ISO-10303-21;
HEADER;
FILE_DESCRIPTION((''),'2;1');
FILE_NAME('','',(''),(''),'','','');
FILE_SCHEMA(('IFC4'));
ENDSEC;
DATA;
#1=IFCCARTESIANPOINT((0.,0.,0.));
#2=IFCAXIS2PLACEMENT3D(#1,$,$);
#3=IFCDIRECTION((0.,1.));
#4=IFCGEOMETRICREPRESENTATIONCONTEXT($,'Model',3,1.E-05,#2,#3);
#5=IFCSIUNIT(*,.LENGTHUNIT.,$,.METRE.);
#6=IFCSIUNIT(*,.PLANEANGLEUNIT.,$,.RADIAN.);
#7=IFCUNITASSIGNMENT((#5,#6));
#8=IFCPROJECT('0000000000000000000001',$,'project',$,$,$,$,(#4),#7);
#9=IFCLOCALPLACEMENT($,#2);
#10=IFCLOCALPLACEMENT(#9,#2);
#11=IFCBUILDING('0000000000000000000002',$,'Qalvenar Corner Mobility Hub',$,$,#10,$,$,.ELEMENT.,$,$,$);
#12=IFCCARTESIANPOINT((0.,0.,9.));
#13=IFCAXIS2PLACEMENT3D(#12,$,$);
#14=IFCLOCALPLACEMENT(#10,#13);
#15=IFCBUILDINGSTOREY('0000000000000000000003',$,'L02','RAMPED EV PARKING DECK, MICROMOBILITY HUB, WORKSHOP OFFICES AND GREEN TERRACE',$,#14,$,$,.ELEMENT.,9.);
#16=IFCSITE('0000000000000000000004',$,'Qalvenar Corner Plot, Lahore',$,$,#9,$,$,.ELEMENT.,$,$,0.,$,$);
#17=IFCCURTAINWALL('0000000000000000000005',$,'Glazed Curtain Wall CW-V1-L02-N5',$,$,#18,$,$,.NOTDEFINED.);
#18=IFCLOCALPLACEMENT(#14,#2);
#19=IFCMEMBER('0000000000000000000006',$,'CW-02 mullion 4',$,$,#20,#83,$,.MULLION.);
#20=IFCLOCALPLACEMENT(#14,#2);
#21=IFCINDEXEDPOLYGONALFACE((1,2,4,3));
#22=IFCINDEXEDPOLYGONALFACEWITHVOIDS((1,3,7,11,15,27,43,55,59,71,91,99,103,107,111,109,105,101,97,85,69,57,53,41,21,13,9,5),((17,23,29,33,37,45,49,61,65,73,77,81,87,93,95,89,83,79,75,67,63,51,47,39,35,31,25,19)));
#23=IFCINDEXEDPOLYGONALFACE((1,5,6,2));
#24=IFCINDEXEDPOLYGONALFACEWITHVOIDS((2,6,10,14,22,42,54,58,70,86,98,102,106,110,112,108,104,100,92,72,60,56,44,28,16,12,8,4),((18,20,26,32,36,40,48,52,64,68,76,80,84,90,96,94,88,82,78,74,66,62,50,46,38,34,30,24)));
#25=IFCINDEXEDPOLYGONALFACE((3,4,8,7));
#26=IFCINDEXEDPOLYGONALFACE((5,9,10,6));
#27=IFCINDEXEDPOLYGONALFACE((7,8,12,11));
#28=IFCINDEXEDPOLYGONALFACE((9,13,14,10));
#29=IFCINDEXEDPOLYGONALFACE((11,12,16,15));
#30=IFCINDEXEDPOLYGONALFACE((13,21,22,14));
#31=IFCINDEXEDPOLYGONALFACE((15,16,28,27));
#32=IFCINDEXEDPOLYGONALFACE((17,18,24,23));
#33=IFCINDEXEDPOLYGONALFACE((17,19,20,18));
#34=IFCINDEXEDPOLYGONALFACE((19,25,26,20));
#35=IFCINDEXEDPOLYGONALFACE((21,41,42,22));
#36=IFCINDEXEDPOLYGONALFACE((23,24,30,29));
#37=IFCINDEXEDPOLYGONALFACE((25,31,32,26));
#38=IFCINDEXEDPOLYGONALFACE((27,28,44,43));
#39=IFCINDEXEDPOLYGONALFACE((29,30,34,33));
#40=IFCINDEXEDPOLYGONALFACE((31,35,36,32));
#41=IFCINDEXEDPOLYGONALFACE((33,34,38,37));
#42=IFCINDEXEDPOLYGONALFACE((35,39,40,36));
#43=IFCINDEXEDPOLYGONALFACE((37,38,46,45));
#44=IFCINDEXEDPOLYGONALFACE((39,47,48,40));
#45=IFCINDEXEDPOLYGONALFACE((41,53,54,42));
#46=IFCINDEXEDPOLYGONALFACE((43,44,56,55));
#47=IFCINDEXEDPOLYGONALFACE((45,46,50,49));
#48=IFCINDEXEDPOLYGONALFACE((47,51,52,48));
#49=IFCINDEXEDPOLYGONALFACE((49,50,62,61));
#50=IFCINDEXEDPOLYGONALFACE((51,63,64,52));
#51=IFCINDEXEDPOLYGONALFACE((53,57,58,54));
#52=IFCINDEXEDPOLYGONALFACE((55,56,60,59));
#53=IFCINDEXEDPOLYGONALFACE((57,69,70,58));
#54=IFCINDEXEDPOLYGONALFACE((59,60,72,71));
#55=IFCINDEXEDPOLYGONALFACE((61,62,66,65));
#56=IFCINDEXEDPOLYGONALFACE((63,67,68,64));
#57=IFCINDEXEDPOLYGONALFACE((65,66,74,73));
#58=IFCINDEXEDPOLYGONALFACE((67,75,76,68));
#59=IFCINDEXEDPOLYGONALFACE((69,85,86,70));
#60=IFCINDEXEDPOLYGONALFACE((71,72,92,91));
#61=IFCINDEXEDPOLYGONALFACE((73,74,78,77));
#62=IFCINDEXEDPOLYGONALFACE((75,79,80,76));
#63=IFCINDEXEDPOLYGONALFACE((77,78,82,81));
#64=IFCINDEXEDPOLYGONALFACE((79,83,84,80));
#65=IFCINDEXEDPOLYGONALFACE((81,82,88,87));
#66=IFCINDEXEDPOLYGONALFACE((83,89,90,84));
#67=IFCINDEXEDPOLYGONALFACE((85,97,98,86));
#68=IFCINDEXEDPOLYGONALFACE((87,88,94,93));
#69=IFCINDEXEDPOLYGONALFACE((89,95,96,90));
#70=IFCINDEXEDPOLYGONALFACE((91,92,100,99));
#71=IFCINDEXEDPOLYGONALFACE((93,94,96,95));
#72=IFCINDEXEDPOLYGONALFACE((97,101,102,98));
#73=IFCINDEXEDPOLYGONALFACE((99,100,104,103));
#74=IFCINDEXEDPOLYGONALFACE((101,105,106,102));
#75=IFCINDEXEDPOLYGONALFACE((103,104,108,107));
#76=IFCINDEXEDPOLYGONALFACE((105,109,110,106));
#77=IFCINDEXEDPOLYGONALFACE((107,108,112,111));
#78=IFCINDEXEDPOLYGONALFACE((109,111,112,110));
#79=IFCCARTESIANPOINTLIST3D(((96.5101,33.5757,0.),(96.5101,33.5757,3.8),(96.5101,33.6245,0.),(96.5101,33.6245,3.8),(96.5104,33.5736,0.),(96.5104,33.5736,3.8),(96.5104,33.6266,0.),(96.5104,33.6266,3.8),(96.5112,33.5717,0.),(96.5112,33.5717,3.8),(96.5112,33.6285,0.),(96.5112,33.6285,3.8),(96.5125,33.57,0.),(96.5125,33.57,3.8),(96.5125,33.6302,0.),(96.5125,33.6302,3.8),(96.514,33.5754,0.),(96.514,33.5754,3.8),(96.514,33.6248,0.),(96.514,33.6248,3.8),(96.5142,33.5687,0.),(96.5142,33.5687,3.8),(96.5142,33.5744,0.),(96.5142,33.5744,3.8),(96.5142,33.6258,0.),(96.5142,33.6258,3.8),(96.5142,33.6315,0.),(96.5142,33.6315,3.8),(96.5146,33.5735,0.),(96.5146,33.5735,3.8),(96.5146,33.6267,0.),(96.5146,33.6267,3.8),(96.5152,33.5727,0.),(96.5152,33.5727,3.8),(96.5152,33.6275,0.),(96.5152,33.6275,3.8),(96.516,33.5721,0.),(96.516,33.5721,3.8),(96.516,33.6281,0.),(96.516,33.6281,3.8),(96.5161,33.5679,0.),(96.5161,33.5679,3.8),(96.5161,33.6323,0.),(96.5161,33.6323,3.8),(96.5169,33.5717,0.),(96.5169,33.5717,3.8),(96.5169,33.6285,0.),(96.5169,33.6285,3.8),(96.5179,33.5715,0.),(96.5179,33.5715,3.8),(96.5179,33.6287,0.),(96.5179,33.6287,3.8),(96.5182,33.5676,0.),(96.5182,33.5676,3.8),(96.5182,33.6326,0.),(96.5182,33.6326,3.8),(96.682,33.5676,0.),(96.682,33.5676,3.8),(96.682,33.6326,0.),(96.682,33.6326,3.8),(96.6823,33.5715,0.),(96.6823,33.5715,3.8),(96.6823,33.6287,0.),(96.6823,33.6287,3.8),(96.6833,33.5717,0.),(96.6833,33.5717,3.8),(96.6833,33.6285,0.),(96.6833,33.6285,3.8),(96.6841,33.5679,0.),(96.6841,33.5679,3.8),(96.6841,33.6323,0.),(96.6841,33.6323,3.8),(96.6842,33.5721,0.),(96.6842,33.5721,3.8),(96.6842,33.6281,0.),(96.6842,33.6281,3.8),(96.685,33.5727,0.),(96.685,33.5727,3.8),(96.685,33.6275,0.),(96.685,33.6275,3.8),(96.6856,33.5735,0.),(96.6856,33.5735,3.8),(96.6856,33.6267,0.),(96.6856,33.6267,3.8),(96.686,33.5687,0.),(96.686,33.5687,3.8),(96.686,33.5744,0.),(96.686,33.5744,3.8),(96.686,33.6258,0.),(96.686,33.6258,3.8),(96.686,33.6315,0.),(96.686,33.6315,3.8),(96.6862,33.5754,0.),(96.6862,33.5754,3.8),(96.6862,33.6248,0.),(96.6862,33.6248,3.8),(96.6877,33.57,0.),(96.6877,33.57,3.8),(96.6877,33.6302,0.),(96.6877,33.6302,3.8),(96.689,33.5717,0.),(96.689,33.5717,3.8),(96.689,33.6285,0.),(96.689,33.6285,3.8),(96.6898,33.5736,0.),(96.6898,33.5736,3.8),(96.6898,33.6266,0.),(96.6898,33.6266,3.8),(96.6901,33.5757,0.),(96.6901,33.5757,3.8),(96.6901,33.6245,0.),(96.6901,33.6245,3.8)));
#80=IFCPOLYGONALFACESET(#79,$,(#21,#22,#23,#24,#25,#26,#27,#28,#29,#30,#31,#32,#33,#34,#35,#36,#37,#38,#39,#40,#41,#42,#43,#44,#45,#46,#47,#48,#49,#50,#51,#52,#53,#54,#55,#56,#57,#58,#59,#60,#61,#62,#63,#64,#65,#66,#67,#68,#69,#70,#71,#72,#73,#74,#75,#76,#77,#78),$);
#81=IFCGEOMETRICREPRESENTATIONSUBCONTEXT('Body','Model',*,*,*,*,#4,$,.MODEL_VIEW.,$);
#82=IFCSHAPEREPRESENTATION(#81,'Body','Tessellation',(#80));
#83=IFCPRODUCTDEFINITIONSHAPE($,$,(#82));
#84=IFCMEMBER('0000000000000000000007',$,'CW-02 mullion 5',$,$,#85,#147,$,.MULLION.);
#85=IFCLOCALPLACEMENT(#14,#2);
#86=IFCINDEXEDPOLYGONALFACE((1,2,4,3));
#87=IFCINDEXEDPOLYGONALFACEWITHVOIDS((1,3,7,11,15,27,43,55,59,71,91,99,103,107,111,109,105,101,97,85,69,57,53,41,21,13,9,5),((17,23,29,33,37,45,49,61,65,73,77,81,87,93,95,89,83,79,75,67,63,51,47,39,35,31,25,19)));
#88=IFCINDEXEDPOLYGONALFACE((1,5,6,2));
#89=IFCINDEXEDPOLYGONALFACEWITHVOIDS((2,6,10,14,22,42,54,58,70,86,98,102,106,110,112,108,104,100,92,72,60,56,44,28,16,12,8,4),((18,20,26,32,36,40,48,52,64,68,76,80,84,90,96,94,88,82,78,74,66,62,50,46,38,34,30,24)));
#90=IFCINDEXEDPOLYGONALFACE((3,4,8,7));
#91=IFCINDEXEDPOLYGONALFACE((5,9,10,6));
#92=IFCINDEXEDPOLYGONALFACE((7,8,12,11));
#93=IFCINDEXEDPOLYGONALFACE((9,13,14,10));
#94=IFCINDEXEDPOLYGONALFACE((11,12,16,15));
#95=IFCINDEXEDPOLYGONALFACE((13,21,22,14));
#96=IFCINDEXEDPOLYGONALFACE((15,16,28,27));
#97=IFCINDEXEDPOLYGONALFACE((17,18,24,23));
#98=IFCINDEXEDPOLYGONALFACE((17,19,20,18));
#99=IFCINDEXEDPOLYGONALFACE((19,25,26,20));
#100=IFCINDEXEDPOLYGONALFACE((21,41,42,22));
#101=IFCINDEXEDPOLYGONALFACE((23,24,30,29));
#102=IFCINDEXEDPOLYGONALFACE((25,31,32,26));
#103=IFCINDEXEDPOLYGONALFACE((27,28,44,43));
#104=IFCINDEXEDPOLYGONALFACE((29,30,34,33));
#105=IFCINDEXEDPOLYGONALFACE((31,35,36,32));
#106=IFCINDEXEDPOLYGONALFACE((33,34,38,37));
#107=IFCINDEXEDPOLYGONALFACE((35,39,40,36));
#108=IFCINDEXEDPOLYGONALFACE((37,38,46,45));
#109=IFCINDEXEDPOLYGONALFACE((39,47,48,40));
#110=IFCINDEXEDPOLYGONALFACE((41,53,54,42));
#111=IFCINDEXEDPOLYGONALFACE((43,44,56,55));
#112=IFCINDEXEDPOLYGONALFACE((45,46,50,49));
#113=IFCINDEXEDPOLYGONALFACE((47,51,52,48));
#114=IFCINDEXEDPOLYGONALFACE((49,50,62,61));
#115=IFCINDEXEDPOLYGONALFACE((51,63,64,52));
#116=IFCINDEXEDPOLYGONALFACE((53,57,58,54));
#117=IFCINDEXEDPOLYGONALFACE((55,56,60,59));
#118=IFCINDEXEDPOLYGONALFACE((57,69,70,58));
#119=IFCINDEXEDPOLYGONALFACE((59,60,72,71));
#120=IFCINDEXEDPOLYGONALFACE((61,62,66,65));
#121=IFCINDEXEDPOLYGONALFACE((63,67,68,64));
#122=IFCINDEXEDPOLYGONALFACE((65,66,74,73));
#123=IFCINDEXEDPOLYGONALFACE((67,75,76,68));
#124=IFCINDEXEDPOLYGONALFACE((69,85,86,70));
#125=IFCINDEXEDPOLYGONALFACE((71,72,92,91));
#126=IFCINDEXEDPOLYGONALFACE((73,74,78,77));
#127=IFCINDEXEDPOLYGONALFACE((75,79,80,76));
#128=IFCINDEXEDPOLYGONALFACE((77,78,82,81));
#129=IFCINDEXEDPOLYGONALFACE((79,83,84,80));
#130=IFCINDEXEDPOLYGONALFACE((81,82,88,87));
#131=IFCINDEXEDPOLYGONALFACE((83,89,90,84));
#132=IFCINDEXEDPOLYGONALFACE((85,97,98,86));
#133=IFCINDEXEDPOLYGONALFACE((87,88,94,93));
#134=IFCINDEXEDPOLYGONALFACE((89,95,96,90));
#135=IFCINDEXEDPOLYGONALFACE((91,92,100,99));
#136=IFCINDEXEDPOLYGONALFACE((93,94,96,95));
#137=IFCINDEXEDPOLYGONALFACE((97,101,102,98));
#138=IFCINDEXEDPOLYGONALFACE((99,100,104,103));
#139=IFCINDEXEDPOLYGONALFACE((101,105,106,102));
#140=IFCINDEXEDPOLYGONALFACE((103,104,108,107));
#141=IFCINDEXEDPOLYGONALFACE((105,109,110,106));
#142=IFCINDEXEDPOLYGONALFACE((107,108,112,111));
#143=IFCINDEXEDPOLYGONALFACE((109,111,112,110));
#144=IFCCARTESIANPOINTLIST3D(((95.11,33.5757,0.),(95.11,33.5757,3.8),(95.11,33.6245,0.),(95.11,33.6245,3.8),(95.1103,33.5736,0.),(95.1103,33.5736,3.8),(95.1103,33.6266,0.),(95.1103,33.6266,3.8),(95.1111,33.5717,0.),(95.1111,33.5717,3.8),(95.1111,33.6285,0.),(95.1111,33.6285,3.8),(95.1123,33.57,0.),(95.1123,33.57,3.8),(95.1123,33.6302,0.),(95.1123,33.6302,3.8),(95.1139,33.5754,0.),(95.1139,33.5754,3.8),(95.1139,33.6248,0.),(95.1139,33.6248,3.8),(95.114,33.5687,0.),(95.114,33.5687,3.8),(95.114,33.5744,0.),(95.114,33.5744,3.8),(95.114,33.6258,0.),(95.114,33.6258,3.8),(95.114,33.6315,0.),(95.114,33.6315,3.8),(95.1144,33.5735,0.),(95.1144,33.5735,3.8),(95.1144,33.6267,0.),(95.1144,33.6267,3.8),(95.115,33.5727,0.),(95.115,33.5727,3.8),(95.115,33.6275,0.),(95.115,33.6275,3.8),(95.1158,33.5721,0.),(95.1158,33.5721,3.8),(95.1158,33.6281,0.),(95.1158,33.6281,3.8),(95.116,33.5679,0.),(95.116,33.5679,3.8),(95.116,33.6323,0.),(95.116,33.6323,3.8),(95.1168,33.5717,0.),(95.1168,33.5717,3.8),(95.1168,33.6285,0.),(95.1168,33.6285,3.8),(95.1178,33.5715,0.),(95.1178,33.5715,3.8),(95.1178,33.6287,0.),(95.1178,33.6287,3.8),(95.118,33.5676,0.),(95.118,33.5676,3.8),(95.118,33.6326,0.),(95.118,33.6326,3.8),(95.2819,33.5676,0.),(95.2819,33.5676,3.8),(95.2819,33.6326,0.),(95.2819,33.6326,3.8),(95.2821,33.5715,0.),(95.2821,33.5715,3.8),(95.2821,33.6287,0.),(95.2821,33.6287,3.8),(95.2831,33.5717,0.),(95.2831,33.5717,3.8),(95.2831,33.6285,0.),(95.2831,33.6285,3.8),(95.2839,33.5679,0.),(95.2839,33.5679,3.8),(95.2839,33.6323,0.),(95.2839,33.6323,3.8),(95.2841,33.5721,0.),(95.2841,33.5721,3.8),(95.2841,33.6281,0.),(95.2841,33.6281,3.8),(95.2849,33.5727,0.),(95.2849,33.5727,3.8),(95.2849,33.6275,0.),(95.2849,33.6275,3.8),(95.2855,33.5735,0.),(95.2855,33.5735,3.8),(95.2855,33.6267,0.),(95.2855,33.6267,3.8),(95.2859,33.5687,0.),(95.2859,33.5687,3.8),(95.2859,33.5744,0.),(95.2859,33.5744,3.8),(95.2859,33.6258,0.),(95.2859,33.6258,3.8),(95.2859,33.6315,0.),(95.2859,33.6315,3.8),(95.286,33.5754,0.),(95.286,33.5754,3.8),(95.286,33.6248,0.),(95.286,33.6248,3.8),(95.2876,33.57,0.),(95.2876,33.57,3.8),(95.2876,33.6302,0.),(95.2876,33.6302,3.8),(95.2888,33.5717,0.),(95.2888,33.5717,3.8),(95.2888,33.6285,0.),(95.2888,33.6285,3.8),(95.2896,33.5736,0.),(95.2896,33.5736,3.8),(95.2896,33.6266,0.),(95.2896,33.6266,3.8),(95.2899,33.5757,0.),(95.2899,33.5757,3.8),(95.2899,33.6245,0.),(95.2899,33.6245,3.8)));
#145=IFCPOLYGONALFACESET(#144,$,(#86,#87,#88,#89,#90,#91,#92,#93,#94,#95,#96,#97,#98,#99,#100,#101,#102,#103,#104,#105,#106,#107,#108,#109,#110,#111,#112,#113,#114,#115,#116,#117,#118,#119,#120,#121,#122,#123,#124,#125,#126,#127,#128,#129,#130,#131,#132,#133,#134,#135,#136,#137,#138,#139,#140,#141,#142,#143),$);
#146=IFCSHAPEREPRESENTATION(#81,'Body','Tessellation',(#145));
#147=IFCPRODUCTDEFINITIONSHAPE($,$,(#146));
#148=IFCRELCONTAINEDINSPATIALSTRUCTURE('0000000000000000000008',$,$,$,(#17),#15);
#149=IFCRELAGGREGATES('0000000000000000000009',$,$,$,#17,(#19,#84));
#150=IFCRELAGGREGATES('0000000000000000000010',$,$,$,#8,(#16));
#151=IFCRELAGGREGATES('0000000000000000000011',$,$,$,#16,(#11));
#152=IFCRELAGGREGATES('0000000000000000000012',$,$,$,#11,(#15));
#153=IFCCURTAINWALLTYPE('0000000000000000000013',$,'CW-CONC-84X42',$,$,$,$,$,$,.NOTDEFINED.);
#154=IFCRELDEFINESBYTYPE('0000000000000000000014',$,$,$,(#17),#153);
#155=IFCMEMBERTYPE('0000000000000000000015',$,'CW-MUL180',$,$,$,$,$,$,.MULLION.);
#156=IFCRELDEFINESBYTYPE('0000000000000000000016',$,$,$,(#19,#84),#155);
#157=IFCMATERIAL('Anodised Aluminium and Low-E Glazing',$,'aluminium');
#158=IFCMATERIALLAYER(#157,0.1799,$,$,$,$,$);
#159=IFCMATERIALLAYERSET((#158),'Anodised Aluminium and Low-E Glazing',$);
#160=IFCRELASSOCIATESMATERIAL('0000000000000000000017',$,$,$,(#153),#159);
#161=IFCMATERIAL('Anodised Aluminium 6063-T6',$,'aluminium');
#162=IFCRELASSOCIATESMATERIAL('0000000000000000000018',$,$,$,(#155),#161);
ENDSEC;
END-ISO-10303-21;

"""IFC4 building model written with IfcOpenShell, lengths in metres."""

from ifc_helpers import new_model, si_unit, direction, frame, origin, origin_2d, place, context, subcontext, project, spatial, hollow_rectangle, extrude, material, layer, layer_set, material_profile, profile_set, type_object, element, aggregate, save


model = new_model("IFC4")

# Units and contexts
model_context = context("Model", 3, precision=1e-05, world=origin(), true_north=direction((0.0, 1.0)))
body_context = subcontext(model_context, "Body", "Model", "MODEL_VIEW")
ifc_project = project(units=[si_unit("LENGTHUNIT", "METRE"), si_unit("PLANEANGLEUNIT", "RADIAN")], contexts=[model_context])

# Site, building, storey
site_placement = place(None, origin())
site = spatial("IfcSite", under=ifc_project, at=site_placement, Name="Qalvenar Corner Plot, Lahore", CompositionType="ELEMENT", RefElevation=0.0)
building_placement = place(site_placement, origin())
building = spatial("IfcBuilding", under=site, at=building_placement, Name="Qalvenar Corner Mobility Hub", CompositionType="ELEMENT")
storey_placement = place(building_placement, frame((0.0, 0.0, 9.0)))
storey = spatial("IfcBuildingStorey", under=building, at=storey_placement, Name="L02", Description="RAMPED EV PARKING DECK, MICROMOBILITY HUB, WORKSHOP OFFICES AND GREEN TERRACE", CompositionType="ELEMENT", Elevation=9.0)

# Curtain wall, members
ifc_material_1 = material(Name="Anodised Aluminium and Low-E Glazing", Category="aluminium")
ifc_layer_1 = layer(ifc_material_1, 0.1799)
ifc_layer_set_1 = layer_set([ifc_layer_1], Name="Anodised Aluminium and Low-E Glazing")
curtain_wall_type = type_object("IfcCurtainWallType", Name="CW-CONC-84X42", PredefinedType="NOTDEFINED", material=ifc_layer_set_1)
curtain_wall_placement = place(storey_placement, origin())
curtain_wall = element("IfcCurtainWall", 1, at=curtain_wall_placement, inside=storey, type_object=curtain_wall_type, Name="Glazed Curtain Wall CW-V1-L02-N5", PredefinedType="NOTDEFINED")
ifc_material_2 = material(Name="Anodised Aluminium 6063-T6", Category="aluminium")
ifc_material_profile_1 = material_profile(ifc_material_2, hollow_rectangle(XDim=0.0649, YDim=0.1799, WallThickness=0.0039, InnerFilletRadius=0.0039, OuterFilletRadius=0.0081, at=origin_2d()), Name="RHS180x65x4")
ifc_profile_set_1 = profile_set([ifc_material_profile_1], Name="Anodised Aluminium 6063-T6")
member_type_1 = type_object("IfcMemberType", Name="CW-MUL180", PredefinedType="MULLION", material=ifc_profile_set_1)
member_1_placement = place(storey_placement, frame((96.6001, 33.6001, 0.0), z_axis=(0.0, 0.0, 1.0), x_axis=(0.0, -1.0, 0.0)))
member_1 = element("IfcMember", 2, at=member_1_placement, type_object=member_type_1, Name="CW-02 mullion 4", PredefinedType="MULLION", context=body_context, shape_type="SweptSolid", body=[
    extrude(hollow_rectangle(XDim=0.0649, YDim=0.1799, WallThickness=0.0039, InnerFilletRadius=0.0039, OuterFilletRadius=0.0081, at=origin_2d()), origin(), (0.0, 0.0, 1.0), 3.8),
])
member_2_placement = place(storey_placement, frame((95.2, 33.6001, 0.0), z_axis=(0.0, 0.0, 1.0), x_axis=(0.0, -1.0, 0.0)))
member_2 = element("IfcMember", 3, at=member_2_placement, type_object=member_type_1, Name="CW-02 mullion 5", PredefinedType="MULLION", context=body_context, shape_type="SweptSolid", body=[
    extrude(hollow_rectangle(XDim=0.0649, YDim=0.1799, WallThickness=0.0039, InnerFilletRadius=0.0039, OuterFilletRadius=0.0081, at=origin_2d()), origin(), (0.0, 0.0, 1.0), 3.8),
])
aggregate(curtain_wall, [member_1, member_2])

save(model, "model.ifc")
